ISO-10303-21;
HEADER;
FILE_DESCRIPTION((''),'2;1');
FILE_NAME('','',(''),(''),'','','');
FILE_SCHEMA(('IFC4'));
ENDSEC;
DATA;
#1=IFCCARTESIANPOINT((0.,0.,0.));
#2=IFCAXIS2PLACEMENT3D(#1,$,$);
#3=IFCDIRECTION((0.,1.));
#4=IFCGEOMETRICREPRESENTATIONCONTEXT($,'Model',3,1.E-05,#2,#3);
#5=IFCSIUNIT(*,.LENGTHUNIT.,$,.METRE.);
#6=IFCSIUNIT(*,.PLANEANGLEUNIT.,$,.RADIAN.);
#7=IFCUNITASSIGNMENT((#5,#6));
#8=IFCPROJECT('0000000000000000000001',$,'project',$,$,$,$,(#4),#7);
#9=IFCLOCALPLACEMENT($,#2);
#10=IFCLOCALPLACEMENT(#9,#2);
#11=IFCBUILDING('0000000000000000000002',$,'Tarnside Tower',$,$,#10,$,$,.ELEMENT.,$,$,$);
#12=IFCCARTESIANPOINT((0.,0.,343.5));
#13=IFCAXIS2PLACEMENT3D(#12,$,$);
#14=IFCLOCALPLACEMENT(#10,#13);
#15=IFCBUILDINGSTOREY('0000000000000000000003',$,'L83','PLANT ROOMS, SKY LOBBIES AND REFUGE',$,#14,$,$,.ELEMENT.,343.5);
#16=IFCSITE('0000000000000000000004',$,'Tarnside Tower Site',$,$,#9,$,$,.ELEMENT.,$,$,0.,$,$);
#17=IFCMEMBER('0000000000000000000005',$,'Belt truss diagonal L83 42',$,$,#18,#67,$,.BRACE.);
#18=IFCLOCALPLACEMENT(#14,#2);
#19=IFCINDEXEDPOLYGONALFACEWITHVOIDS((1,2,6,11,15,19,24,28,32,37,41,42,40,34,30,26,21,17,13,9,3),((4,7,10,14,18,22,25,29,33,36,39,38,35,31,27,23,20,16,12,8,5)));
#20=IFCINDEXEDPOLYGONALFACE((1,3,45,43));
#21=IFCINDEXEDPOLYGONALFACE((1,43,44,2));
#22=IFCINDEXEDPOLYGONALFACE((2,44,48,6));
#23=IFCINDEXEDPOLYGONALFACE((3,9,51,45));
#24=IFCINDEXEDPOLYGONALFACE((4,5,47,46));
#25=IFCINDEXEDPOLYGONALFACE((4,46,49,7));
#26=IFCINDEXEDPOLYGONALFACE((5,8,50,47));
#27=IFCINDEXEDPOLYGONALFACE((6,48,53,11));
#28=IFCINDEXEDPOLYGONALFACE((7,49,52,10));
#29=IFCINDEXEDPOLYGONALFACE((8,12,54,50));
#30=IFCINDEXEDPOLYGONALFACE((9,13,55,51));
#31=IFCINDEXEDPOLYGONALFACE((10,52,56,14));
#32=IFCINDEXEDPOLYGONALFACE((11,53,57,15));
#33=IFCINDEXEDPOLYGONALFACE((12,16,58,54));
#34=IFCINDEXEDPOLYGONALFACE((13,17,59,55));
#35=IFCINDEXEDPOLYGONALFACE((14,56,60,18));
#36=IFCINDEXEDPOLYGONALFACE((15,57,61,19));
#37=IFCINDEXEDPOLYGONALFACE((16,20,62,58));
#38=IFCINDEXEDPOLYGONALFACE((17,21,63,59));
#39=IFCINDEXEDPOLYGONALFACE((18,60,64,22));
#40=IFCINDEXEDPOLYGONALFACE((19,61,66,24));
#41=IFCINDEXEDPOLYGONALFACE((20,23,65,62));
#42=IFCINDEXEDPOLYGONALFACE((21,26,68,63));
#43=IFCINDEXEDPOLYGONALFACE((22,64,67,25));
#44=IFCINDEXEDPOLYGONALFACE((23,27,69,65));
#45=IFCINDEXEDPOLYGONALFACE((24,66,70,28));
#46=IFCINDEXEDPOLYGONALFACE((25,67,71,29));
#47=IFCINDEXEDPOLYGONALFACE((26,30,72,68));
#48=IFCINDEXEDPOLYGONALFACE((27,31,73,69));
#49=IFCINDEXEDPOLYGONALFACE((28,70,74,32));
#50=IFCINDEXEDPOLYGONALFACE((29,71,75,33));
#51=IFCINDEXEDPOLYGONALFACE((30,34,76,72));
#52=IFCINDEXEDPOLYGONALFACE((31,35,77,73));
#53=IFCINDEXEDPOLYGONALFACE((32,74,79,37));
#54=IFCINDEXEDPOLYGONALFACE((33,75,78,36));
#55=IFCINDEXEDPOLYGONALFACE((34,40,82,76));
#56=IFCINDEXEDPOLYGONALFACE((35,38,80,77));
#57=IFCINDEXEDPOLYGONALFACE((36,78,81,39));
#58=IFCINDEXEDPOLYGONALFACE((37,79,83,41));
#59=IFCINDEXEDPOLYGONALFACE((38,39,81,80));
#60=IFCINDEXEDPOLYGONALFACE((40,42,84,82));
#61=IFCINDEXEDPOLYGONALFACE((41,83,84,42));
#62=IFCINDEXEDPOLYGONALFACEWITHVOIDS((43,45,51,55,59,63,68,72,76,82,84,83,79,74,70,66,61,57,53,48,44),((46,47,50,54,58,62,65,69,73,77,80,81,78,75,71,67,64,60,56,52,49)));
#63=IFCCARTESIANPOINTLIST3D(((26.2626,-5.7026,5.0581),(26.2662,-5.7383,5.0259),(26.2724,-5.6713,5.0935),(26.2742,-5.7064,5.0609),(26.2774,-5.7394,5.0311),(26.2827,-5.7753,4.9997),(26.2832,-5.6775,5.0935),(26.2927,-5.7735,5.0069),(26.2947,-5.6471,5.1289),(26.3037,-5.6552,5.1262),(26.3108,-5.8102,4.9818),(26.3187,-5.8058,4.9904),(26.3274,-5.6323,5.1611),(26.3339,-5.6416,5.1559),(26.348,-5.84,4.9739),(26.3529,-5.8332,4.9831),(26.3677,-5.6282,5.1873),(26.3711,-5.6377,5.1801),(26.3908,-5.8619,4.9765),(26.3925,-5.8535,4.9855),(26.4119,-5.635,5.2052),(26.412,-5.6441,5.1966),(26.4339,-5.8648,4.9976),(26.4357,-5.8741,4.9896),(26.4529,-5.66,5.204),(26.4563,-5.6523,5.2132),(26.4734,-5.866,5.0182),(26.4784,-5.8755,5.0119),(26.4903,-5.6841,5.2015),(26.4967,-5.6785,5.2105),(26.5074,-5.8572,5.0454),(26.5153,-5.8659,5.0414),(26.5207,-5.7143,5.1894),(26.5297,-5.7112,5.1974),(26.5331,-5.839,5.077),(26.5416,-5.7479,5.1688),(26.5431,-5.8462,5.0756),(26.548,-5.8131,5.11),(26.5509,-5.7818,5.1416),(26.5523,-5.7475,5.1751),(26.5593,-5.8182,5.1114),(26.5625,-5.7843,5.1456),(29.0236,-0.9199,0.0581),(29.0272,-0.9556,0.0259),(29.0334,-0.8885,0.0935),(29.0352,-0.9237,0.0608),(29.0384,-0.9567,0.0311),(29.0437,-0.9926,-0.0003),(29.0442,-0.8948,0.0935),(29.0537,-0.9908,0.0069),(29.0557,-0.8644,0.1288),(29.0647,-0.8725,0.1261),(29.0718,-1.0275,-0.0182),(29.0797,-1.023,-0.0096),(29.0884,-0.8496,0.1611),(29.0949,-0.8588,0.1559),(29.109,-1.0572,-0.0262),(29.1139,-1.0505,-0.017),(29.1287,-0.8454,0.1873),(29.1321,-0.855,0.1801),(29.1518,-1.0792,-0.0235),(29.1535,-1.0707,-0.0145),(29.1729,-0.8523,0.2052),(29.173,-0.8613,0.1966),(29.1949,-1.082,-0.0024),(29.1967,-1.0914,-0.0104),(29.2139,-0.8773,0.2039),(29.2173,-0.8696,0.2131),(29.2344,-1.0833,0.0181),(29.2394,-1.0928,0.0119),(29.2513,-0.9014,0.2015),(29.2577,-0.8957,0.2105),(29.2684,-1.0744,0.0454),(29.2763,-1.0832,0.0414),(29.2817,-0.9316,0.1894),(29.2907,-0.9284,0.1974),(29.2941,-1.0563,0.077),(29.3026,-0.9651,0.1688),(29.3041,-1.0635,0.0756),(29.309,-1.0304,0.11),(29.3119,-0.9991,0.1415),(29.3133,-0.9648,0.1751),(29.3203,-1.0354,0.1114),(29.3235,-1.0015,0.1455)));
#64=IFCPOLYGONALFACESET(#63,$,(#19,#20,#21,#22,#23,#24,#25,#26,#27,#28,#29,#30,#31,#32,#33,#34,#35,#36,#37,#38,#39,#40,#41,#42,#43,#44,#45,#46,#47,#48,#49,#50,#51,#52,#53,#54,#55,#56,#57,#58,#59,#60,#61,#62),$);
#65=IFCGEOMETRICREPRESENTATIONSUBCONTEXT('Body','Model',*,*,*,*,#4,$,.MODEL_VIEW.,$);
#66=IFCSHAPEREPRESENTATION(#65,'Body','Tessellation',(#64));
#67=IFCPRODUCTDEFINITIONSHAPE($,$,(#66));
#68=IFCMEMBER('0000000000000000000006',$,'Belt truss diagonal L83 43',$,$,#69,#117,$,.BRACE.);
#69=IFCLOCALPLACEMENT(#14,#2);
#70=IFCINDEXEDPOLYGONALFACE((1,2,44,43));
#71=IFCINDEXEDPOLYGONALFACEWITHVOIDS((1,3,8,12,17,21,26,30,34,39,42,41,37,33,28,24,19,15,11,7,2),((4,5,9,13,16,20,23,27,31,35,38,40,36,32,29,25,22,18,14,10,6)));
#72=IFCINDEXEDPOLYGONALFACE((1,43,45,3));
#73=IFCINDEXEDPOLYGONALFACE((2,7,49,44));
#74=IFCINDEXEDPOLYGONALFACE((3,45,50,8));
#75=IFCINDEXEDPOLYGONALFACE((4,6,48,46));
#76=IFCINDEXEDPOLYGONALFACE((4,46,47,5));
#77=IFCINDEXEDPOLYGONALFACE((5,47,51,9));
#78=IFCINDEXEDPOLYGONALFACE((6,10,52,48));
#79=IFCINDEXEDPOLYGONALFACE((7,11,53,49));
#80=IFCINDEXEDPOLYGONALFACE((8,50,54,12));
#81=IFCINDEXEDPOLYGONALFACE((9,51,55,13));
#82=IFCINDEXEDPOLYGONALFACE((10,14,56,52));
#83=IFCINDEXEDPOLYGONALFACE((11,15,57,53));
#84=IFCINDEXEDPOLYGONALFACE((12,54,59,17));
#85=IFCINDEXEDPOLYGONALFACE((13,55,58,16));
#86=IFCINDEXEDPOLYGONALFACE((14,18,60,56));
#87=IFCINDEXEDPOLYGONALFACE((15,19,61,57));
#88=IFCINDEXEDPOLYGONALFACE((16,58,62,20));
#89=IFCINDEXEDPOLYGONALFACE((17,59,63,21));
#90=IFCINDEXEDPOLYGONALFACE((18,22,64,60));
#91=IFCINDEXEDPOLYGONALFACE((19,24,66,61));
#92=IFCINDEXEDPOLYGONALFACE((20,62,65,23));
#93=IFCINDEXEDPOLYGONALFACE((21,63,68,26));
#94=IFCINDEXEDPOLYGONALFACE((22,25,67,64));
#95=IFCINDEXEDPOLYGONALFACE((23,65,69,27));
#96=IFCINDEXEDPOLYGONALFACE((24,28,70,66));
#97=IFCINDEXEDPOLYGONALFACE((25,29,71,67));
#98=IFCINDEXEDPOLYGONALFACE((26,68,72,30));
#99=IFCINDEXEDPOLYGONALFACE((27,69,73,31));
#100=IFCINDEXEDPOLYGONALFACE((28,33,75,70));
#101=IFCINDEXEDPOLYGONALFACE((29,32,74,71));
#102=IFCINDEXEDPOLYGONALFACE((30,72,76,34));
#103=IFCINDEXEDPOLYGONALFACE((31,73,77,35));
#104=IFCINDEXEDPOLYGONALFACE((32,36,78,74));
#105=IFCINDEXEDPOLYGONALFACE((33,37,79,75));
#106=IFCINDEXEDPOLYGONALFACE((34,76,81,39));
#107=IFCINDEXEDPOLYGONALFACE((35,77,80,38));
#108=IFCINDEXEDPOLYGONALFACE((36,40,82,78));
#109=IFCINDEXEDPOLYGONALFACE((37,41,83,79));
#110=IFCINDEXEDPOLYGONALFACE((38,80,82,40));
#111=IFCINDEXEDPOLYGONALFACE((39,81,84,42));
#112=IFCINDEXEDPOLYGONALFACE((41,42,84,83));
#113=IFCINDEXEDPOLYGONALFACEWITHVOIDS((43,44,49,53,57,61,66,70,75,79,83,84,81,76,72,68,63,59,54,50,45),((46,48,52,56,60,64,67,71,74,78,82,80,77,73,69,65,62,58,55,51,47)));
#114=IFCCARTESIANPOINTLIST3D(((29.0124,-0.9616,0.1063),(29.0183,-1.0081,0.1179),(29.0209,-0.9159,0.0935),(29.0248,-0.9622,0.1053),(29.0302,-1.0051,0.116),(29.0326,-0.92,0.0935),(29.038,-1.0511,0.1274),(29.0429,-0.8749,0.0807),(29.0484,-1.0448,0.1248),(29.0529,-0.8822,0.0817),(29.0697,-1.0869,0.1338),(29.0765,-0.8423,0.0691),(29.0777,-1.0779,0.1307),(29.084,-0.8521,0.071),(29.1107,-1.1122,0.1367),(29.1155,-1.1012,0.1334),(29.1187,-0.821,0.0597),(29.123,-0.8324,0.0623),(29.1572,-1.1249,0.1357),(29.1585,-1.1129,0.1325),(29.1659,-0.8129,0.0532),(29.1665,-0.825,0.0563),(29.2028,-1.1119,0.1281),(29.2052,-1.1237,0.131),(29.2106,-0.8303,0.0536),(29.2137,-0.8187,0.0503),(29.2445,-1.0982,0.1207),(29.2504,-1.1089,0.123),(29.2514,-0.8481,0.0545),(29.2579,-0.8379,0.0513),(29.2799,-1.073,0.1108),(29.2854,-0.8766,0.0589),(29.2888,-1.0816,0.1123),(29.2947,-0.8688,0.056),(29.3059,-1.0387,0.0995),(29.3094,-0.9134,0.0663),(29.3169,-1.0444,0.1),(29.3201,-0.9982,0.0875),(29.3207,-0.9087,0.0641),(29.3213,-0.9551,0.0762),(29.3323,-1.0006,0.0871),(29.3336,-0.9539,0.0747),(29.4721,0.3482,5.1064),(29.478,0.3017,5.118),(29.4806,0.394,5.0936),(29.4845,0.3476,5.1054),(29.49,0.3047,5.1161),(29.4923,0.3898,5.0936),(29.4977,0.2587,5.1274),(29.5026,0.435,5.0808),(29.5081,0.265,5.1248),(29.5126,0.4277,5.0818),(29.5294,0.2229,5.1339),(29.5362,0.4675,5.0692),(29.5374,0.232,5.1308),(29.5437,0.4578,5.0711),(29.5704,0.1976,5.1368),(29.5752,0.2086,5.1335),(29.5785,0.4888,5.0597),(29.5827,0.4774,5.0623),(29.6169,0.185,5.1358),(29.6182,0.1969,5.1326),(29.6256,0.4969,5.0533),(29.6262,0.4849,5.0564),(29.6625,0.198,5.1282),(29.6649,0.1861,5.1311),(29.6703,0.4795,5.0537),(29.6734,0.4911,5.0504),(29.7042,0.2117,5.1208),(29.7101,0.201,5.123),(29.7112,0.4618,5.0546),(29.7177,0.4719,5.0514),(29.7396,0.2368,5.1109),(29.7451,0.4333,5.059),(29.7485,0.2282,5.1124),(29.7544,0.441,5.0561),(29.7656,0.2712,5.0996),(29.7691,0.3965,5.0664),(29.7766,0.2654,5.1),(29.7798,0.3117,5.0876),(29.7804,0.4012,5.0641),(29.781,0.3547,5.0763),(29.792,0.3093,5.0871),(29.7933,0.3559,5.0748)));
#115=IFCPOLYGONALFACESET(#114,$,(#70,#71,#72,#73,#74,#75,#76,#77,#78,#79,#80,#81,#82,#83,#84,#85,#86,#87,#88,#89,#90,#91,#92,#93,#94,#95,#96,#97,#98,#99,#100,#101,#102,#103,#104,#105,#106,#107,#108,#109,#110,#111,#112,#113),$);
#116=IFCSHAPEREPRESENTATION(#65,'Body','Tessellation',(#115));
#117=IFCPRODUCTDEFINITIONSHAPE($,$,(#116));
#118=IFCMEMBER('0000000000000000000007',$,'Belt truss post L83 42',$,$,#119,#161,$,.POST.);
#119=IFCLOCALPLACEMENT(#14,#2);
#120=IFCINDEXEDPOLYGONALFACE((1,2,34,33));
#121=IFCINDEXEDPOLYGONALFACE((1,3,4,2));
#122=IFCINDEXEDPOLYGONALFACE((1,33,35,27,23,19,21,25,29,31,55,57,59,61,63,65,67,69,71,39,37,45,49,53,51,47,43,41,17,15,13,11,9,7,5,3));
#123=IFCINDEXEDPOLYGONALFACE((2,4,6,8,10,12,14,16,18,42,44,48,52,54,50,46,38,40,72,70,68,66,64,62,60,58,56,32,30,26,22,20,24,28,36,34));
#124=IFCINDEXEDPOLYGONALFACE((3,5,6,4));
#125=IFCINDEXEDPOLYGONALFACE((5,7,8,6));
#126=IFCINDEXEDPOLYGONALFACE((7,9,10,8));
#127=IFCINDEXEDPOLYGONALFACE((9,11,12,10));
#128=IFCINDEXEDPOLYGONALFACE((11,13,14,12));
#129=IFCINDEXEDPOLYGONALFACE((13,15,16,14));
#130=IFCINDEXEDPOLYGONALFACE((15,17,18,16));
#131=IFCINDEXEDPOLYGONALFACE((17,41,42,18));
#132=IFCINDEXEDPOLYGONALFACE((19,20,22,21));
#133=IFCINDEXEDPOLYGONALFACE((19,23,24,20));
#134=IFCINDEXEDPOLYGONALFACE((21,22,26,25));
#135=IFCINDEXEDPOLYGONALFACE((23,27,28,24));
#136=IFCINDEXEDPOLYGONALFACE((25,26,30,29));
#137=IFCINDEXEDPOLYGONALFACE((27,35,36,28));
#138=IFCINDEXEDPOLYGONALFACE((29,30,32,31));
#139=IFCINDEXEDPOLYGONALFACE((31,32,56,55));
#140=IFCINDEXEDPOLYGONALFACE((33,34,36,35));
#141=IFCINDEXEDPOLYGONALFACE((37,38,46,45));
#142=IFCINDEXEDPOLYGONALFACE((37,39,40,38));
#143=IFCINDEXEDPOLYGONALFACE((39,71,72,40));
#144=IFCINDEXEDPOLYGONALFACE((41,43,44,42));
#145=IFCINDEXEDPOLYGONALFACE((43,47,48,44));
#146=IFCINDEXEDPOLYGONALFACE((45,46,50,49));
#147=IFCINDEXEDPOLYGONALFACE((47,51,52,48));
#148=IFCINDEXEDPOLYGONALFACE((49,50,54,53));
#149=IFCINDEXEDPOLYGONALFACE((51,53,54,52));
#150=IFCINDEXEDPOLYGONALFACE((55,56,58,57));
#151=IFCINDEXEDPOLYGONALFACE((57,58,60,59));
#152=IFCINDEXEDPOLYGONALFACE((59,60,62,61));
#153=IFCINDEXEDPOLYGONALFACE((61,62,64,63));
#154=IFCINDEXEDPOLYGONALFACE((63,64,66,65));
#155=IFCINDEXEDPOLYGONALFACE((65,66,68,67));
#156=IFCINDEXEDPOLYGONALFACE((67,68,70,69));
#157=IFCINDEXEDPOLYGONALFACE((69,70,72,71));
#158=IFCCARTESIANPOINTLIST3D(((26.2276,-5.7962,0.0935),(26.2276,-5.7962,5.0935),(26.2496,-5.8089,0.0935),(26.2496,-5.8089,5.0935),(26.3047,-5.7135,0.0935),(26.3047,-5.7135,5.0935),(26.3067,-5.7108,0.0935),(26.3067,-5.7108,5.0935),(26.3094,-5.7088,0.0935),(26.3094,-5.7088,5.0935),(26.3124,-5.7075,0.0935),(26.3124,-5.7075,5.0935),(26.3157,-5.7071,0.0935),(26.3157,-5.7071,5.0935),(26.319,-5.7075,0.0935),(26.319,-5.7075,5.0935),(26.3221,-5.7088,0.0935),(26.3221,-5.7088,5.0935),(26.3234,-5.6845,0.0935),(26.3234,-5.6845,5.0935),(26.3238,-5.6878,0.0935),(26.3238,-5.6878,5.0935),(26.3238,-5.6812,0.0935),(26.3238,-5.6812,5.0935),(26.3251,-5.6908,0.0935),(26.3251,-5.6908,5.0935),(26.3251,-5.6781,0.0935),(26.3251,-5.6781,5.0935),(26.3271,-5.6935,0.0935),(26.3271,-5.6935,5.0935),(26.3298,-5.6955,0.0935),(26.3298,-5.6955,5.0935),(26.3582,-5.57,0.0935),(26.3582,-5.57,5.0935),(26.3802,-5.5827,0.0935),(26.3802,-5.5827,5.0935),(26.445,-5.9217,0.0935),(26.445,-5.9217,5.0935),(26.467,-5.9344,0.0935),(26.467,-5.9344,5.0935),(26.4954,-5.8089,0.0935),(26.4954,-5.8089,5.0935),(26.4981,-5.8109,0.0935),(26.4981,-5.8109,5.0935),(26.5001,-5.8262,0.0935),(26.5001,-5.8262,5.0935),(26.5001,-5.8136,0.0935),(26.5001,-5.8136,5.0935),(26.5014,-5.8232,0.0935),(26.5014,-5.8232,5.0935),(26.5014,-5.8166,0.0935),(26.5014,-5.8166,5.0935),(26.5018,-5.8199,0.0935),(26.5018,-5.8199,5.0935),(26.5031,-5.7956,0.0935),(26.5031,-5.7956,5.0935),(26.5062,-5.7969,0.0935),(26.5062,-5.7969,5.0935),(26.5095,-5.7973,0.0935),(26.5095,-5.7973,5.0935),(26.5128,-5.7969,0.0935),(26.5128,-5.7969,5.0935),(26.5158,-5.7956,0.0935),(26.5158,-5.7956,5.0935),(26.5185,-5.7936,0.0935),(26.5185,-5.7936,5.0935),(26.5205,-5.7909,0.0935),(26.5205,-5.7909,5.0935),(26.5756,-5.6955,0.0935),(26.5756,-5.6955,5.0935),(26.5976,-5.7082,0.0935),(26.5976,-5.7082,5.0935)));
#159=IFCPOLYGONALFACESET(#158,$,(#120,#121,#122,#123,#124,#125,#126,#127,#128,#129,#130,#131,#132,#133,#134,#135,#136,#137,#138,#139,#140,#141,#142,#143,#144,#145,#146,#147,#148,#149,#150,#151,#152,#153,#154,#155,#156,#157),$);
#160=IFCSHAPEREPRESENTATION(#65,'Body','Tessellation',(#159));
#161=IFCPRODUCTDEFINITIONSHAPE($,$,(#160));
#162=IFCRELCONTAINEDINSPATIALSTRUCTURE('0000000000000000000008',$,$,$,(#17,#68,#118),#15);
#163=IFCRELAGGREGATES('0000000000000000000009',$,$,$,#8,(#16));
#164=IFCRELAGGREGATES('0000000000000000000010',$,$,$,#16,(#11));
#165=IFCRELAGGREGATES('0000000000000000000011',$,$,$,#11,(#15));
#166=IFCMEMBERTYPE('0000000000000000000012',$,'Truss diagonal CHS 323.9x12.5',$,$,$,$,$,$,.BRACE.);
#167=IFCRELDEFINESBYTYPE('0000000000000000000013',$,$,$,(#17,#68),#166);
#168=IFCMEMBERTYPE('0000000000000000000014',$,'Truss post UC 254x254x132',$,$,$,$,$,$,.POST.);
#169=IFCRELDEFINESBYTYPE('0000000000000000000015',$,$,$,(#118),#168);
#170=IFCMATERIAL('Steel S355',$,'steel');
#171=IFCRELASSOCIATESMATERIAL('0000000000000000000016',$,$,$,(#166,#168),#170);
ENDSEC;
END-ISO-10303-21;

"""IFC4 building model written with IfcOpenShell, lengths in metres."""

from ifc_helpers import new_model, si_unit, direction, frame, origin, origin_2d, place, context, subcontext, project, spatial, hollow_circle, i_section, extrude, material, material_profile, profile_set, type_object, element, save


model = new_model("IFC4")

# Units and contexts
model_context = context("Model", 3, precision=1e-05, world=origin(), true_north=direction((0.0, 1.0)))
body_context = subcontext(model_context, "Body", "Model", "MODEL_VIEW")
ifc_project = project(units=[si_unit("LENGTHUNIT", "METRE"), si_unit("PLANEANGLEUNIT", "RADIAN")], contexts=[model_context])

# Site, building, storey
site_placement = place(None, origin())
site = spatial("IfcSite", under=ifc_project, at=site_placement, Name="Tarnside Tower Site", CompositionType="ELEMENT", RefElevation=0.0)
building_placement = place(site_placement, origin())
building = spatial("IfcBuilding", under=site, at=building_placement, Name="Tarnside Tower", CompositionType="ELEMENT")
storey_placement = place(building_placement, frame((0.0, 0.0, 343.5)))
storey = spatial("IfcBuildingStorey", under=building, at=storey_placement, Name="L83", Description="PLANT ROOMS, SKY LOBBIES AND REFUGE", CompositionType="ELEMENT", Elevation=343.5)

# Shared definitions
ifc_material_1 = material(Name="Steel S355", Category="steel")

# Members
ifc_material_profile_1 = material_profile(ifc_material_1, hollow_circle(Radius=0.1619, WallThickness=0.0125, at=origin_2d()), Name="CHS 323.9x12.5")
ifc_profile_set_1 = profile_set([ifc_material_profile_1], Name="Steel S355")
member_type_1 = type_object("IfcMemberType", Name="Truss diagonal CHS 323.9x12.5", PredefinedType="BRACE", material=ifc_profile_set_1)
member_1_placement = place(storey_placement, frame((26.4126, -5.7522, 5.0935), z_axis=(0.370619, 0.642005, -0.671172), x_axis=(-0.86605, 0.499957, 0.0)))
element("IfcMember", 1, at=member_1_placement, inside=storey, type_object=member_type_1, Name="Belt truss diagonal L83 42", PredefinedType="BRACE", context=body_context, shape_type="SweptSolid", body=[
    extrude(hollow_circle(Radius=0.1619, WallThickness=0.0125, at=origin_2d()), origin(), (0.0, 0.0, 1.0), 7.4497),
])
member_2_placement = place(storey_placement, frame((29.1736, -0.9695, 0.0935), z_axis=(0.088592, 0.252416, 0.963555), x_axis=(-0.94357, 0.331173, 0.0)))
element("IfcMember", 2, at=member_2_placement, inside=storey, type_object=member_type_1, Name="Belt truss diagonal L83 43", PredefinedType="BRACE", context=body_context, shape_type="SweptSolid", body=[
    extrude(hollow_circle(Radius=0.1619, WallThickness=0.0125, at=origin_2d()), origin(), (0.0, 0.0, 1.0), 5.1892),
])
ifc_material_profile_2 = material_profile(ifc_material_1, i_section(OverallWidth=0.2612, OverallDepth=0.2764, WebThickness=0.0154, FlangeThickness=0.0254, FilletRadius=0.0127, at=origin_2d()), Name="UC 254x254x132")
ifc_profile_set_2 = profile_set([ifc_material_profile_2], Name="Steel S355")
member_type_2 = type_object("IfcMemberType", Name="Truss post UC 254x254x132", PredefinedType="POST", material=ifc_profile_set_2)
for number, where, z_axis, x_axis, name in (
    (3, (26.4126, -5.7522, 0.0935), (0.0, 0.0, 1.0), (0.5, 0.866025, 0.0), "Belt truss post L83 42"),
):
    element("IfcMember", number, at=place(storey_placement, frame(where, z_axis=z_axis, x_axis=x_axis)), inside=storey, type_object=member_type_2, Name=name, PredefinedType="POST", context=body_context, shape_type="SweptSolid", body=[
        extrude(i_section(OverallWidth=0.2612, OverallDepth=0.2764, WebThickness=0.0154, FlangeThickness=0.0254, FilletRadius=0.0127, at=origin_2d()), origin(), (0.0, 0.0, 1.0), 5.0),
    ])

save(model, "model.ifc")
